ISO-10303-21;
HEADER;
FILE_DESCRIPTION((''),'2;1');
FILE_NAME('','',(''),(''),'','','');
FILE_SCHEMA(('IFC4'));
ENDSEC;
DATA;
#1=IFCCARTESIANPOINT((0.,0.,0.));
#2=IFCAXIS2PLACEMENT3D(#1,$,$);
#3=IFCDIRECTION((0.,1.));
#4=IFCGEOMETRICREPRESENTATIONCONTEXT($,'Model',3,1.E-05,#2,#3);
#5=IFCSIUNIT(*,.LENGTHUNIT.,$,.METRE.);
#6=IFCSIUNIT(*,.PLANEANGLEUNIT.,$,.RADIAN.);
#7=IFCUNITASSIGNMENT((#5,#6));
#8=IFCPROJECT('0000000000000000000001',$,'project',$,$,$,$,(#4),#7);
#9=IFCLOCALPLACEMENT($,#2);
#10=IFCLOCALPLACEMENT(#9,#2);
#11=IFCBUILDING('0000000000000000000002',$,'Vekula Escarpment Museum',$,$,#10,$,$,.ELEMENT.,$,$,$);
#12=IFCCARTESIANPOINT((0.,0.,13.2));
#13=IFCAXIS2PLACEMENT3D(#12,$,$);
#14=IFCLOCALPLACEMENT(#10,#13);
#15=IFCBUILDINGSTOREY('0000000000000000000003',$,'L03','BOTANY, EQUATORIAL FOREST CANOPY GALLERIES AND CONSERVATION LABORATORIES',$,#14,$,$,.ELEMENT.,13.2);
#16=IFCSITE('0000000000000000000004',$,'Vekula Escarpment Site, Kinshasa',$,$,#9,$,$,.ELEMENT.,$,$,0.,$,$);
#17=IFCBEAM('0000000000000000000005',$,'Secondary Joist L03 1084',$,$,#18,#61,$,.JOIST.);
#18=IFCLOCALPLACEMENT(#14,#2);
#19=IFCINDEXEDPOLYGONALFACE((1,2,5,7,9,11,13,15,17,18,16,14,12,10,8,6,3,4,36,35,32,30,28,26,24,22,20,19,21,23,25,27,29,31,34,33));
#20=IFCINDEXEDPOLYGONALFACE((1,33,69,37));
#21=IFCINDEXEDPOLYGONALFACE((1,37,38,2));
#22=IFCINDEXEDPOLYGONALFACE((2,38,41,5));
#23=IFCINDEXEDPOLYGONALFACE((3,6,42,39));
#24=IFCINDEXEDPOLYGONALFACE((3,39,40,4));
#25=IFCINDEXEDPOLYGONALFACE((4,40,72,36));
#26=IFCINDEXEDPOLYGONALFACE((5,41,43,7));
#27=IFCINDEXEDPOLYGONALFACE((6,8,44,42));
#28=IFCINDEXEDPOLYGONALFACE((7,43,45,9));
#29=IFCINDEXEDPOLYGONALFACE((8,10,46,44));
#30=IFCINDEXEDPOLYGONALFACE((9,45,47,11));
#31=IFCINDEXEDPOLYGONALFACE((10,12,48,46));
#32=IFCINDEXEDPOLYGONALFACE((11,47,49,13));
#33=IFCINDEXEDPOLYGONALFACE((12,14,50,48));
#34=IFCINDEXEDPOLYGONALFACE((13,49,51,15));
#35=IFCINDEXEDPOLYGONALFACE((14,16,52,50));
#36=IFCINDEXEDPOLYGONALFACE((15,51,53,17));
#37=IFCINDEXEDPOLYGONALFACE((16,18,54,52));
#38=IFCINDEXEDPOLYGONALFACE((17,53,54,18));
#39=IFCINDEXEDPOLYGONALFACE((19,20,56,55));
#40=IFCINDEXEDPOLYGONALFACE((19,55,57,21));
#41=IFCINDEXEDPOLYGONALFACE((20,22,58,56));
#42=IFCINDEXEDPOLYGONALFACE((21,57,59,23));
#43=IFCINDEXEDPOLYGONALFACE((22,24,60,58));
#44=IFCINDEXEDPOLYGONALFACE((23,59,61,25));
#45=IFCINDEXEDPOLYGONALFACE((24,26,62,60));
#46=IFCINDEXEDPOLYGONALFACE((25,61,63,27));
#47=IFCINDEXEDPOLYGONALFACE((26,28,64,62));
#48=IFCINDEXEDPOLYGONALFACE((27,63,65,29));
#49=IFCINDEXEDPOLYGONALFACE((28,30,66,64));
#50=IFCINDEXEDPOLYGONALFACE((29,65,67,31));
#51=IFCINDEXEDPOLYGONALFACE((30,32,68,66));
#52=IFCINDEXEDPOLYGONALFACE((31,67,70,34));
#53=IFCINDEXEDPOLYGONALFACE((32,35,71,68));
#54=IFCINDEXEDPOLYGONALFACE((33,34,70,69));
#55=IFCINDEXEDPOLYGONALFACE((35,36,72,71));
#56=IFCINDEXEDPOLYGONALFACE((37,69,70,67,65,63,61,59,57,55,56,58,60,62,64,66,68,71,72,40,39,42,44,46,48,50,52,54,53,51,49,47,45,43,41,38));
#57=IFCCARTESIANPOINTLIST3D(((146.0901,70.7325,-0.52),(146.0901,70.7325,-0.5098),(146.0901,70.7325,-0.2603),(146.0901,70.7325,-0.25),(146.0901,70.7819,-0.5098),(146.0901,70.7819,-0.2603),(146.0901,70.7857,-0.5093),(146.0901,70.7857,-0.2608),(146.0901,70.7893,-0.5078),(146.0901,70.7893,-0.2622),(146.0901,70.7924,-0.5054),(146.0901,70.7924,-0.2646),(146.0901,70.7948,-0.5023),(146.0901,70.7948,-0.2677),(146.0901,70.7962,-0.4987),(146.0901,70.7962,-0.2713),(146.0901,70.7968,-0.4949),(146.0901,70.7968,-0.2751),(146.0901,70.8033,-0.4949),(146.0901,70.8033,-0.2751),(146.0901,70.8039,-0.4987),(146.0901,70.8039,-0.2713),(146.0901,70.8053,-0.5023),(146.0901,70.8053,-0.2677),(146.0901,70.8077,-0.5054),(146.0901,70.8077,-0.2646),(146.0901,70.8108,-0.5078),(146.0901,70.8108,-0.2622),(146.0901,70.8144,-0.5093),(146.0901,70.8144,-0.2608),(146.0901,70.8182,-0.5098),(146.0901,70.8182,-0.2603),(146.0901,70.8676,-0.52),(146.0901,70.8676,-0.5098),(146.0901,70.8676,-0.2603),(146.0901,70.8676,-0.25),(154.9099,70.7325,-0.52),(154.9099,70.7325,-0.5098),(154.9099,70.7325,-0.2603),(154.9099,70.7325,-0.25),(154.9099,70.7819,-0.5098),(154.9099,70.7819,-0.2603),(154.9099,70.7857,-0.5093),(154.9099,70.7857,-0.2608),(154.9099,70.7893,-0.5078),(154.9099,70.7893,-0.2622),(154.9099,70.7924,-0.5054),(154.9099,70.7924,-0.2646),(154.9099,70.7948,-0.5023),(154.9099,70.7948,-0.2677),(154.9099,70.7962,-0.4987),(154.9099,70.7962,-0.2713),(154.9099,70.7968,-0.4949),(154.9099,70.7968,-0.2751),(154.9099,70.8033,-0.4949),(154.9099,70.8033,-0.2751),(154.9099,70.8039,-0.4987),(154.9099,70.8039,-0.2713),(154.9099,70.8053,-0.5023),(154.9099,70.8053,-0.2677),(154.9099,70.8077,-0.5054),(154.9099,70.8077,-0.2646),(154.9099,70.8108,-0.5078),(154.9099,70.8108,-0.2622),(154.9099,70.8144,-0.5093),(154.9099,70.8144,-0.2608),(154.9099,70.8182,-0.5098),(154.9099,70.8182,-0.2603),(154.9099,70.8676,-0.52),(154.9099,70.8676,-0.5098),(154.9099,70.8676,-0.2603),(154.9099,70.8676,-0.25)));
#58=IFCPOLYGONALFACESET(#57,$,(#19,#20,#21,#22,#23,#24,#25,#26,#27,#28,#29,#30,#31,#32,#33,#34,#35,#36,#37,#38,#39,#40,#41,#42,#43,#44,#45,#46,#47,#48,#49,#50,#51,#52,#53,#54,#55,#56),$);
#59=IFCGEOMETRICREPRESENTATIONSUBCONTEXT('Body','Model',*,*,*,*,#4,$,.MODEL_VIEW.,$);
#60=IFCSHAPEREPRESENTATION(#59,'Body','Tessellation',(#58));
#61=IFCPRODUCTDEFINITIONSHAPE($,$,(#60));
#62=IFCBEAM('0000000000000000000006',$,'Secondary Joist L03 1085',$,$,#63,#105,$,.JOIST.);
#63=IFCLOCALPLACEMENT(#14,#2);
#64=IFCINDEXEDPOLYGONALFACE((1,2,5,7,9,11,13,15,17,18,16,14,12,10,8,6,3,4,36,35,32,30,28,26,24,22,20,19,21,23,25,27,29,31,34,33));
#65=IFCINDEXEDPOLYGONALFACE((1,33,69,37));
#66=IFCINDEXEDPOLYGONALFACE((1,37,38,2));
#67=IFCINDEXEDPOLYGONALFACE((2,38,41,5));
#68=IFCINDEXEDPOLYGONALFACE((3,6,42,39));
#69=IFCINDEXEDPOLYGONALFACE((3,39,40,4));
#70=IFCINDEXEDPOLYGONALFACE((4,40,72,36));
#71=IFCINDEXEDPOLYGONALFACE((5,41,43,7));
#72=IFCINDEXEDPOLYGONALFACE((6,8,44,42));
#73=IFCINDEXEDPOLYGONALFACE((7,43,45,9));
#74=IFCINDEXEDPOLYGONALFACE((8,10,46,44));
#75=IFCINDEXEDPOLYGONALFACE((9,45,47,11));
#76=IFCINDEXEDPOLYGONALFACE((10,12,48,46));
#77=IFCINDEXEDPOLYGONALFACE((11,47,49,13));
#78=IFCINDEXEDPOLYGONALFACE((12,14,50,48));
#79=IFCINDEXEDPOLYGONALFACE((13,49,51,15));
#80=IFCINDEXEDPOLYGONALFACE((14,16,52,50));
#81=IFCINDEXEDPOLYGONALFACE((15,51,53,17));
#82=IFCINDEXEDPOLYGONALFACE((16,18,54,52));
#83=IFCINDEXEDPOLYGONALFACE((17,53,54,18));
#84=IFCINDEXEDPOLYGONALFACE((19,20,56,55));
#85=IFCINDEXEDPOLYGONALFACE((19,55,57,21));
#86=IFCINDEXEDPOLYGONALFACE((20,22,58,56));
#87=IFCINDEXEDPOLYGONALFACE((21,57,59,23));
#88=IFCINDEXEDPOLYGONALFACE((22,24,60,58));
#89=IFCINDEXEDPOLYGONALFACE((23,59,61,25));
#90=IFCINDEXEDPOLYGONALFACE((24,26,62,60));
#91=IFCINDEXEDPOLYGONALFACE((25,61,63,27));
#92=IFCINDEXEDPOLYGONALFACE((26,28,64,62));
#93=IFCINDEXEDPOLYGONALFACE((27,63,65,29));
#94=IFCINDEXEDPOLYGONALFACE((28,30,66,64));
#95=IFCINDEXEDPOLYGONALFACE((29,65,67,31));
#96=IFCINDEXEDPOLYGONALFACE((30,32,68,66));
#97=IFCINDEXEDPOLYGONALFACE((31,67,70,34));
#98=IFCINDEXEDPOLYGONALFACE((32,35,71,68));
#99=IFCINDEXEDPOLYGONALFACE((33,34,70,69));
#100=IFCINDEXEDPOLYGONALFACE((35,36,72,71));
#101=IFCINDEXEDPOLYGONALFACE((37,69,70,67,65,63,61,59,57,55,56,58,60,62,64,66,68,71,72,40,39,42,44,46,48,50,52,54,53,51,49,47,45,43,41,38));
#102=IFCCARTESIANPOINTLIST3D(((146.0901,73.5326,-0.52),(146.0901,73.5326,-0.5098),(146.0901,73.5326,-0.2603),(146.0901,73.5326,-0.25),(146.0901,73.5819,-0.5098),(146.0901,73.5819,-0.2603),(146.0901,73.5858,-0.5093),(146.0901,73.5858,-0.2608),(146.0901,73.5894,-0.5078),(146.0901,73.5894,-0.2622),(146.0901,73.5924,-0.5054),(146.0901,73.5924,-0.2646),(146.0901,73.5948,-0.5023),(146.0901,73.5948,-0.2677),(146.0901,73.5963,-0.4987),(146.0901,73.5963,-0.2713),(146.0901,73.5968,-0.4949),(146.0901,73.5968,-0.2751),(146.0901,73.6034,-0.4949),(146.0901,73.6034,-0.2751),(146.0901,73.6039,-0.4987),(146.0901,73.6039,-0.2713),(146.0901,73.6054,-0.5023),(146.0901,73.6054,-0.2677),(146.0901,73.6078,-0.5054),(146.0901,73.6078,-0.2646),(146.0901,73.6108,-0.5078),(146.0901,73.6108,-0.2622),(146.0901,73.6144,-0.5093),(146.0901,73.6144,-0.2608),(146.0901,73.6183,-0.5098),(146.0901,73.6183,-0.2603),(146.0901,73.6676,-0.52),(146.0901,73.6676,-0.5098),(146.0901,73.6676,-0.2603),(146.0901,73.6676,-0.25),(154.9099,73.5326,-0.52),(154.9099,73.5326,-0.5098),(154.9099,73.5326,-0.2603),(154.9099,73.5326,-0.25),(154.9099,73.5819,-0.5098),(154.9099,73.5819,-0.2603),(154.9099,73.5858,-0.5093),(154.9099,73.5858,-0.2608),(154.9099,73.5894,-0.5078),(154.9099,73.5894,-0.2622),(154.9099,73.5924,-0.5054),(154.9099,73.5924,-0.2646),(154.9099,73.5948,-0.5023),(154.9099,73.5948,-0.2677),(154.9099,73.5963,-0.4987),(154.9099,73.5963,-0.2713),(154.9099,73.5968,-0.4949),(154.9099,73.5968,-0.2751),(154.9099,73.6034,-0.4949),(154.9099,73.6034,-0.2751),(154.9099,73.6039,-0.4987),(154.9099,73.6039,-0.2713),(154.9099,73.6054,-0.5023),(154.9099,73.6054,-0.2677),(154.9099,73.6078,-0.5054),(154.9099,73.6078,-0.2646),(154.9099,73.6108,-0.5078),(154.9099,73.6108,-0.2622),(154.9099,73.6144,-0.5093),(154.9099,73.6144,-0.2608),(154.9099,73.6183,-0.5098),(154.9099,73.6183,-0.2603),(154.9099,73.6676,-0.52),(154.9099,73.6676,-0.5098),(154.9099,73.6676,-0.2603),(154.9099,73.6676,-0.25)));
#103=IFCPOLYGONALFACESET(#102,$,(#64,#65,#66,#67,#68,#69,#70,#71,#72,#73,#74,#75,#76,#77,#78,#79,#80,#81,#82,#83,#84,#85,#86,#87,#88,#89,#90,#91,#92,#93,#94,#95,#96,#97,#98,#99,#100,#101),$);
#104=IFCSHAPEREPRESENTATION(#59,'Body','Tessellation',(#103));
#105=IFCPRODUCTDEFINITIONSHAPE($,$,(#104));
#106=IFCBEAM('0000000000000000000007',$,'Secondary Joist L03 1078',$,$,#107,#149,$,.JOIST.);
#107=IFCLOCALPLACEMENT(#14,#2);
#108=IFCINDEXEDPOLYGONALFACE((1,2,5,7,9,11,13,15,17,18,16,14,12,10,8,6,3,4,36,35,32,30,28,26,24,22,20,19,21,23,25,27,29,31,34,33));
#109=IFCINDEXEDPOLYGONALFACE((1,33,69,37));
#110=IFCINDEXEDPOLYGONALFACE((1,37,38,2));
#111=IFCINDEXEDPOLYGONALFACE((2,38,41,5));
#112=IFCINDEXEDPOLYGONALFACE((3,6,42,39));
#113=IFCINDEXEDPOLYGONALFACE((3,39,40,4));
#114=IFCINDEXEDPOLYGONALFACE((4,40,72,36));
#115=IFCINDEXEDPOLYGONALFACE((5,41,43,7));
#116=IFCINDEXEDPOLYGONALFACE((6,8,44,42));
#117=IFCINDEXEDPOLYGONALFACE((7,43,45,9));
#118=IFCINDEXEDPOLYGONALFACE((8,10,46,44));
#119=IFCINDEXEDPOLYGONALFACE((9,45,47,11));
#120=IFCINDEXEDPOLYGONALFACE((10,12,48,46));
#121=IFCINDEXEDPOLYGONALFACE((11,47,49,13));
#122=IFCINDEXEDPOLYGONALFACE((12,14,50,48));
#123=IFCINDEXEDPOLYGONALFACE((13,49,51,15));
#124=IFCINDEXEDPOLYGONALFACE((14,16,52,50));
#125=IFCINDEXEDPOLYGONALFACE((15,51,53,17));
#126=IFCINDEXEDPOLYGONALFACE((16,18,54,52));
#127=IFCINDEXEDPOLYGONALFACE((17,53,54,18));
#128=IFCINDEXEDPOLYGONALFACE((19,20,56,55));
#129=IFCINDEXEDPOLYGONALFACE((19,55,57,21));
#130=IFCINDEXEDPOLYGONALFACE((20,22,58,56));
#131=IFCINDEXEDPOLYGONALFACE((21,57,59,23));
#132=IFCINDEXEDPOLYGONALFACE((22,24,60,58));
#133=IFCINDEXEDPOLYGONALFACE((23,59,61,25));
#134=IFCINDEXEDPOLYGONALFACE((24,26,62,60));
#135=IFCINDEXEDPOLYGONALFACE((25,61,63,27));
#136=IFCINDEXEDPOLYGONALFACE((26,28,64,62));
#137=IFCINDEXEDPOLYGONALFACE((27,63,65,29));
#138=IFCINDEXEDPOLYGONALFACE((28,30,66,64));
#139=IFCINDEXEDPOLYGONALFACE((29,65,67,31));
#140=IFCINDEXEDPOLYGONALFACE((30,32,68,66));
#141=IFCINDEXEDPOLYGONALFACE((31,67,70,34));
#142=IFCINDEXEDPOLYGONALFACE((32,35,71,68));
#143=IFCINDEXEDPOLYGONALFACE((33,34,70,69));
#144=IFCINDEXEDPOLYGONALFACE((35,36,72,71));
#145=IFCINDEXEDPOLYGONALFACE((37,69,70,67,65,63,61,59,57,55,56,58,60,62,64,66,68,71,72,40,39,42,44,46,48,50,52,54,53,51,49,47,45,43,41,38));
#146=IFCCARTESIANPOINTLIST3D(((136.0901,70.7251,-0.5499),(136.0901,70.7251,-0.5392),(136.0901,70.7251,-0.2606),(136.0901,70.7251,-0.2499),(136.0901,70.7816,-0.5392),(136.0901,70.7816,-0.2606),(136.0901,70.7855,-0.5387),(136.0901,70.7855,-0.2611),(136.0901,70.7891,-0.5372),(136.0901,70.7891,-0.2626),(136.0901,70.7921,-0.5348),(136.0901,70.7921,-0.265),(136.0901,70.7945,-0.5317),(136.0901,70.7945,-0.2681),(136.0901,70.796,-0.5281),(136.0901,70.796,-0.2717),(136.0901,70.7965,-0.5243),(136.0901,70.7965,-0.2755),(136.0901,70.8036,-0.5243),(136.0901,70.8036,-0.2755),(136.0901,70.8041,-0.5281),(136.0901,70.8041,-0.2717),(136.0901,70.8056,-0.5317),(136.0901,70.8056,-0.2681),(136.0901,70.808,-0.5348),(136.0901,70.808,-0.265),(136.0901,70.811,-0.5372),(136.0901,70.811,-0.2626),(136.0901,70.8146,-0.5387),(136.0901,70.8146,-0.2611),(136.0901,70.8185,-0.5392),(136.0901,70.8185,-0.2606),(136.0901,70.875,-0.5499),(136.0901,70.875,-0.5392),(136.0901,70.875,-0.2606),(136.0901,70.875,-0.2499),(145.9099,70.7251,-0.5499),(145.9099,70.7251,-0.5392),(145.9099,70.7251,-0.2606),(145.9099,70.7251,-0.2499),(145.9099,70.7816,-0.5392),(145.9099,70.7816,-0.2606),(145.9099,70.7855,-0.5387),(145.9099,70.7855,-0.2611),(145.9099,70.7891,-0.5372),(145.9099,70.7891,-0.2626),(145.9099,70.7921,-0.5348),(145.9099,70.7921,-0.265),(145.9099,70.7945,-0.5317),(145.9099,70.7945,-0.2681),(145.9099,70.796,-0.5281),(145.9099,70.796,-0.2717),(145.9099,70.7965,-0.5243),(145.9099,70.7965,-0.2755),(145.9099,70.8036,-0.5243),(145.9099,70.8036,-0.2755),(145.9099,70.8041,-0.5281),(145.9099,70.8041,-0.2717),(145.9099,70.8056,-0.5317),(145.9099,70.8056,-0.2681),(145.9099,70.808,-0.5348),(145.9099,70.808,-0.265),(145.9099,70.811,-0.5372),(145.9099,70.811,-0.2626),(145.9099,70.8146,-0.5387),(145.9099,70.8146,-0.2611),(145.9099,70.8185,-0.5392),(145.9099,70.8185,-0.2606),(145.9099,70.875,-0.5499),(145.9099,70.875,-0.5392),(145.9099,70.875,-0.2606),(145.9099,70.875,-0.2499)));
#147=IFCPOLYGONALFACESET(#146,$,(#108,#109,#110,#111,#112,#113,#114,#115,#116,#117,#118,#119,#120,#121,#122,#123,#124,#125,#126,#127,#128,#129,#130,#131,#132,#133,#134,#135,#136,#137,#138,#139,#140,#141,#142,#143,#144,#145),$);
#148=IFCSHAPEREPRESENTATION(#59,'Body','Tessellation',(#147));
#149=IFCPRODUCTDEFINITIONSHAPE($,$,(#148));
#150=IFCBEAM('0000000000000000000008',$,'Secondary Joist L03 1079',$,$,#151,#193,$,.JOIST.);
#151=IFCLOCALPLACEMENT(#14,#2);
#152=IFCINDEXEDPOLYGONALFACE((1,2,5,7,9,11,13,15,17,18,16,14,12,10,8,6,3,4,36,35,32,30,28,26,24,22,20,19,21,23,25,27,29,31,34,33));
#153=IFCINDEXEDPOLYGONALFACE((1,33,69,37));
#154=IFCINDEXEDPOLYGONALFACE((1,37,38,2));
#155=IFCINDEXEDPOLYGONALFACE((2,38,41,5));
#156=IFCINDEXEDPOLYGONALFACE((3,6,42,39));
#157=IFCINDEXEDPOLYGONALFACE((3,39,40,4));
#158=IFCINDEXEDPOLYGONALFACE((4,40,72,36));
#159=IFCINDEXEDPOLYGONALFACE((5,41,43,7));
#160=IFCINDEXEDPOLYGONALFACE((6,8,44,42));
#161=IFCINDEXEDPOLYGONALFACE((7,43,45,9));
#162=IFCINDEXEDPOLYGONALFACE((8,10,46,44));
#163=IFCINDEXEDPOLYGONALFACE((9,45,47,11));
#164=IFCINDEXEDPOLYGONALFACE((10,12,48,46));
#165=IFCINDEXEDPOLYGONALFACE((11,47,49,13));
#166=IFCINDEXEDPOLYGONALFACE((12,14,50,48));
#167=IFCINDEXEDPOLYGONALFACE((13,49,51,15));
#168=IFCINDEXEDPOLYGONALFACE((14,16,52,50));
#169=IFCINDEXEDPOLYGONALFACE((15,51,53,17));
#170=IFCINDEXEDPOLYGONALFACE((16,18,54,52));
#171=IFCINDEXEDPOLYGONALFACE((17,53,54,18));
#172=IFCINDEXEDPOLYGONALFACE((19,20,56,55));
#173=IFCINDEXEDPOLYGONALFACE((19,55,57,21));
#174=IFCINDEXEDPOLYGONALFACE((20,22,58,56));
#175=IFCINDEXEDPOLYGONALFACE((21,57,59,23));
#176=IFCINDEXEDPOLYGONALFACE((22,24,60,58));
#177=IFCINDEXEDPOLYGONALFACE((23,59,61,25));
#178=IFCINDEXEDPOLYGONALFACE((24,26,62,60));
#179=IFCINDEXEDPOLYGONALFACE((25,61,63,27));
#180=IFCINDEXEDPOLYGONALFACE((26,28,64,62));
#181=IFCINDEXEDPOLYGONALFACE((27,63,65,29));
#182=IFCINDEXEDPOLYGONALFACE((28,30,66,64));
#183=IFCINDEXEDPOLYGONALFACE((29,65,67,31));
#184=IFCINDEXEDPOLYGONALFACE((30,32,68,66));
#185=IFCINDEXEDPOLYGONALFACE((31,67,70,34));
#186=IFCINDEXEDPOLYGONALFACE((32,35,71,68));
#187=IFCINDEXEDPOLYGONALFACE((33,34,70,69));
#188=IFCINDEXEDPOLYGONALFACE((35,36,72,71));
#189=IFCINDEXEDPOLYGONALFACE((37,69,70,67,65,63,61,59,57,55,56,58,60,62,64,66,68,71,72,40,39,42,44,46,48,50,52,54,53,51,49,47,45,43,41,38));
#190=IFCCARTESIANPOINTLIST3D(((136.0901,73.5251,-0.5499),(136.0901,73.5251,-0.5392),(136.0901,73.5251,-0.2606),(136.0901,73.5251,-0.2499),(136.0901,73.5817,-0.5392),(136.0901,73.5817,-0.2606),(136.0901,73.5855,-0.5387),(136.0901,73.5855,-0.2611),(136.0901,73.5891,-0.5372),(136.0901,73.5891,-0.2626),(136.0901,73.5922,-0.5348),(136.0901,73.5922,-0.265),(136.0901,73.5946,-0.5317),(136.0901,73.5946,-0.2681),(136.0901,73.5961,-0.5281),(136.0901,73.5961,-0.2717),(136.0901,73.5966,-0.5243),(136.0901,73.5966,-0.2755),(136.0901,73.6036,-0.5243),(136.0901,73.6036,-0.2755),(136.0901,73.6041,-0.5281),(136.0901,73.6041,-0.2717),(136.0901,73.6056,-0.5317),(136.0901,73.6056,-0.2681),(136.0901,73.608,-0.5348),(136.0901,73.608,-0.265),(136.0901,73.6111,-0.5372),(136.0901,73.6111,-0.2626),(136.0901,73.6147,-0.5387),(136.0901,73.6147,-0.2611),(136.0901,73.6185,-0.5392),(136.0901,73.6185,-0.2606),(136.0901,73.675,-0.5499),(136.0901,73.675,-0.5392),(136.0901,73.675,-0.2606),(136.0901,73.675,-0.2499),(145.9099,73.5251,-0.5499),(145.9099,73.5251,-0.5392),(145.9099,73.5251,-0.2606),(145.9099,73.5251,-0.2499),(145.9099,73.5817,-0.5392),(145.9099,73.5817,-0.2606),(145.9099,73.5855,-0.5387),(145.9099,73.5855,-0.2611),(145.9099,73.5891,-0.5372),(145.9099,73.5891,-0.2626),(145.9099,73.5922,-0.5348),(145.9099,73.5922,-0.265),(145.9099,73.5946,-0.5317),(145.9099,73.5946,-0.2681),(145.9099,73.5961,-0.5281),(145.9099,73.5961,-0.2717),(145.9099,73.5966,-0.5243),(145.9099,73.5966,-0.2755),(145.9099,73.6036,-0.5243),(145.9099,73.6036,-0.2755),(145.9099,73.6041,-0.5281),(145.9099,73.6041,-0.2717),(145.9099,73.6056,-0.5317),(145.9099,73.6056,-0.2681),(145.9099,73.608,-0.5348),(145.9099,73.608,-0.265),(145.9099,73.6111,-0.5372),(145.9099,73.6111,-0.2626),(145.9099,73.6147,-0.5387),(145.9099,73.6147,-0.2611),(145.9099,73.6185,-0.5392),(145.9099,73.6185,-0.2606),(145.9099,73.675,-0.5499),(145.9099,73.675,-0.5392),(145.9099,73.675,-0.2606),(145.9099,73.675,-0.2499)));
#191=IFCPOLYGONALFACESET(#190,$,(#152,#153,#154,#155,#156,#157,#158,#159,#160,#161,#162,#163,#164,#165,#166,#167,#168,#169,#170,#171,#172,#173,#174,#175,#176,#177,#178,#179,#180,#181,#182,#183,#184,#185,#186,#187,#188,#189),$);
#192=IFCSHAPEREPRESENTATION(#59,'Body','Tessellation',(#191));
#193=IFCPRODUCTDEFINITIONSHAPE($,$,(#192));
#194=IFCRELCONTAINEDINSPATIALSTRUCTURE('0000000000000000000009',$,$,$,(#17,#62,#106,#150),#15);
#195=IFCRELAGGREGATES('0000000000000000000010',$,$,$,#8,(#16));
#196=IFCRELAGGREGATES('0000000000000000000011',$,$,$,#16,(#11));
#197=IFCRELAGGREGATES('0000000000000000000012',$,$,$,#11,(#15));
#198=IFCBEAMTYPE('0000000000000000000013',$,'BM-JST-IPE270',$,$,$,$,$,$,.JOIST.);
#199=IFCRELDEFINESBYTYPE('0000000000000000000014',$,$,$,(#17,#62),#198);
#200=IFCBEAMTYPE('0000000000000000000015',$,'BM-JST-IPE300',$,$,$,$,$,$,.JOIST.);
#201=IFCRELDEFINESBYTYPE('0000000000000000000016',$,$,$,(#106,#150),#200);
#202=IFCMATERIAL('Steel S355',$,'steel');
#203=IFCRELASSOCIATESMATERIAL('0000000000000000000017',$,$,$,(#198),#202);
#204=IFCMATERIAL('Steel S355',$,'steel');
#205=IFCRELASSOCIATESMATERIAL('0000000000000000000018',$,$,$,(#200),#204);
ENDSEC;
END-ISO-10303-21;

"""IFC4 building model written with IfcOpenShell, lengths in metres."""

from ifc_helpers import new_model, si_unit, direction, frame, origin, origin_2d, place, context, subcontext, project, spatial, i_section, extrude, material, material_profile, profile_set, type_object, element, save


model = new_model("IFC4")

# Units and contexts
model_context = context("Model", 3, precision=1e-05, world=origin(), true_north=direction((0.0, 1.0)))
body_context = subcontext(model_context, "Body", "Model", "MODEL_VIEW")
ifc_project = project(units=[si_unit("LENGTHUNIT", "METRE"), si_unit("PLANEANGLEUNIT", "RADIAN")], contexts=[model_context])

# Site, building, storey
site_placement = place(None, origin())
site = spatial("IfcSite", under=ifc_project, at=site_placement, Name="Vekula Escarpment Site, Kinshasa", CompositionType="ELEMENT", RefElevation=0.0)
building_placement = place(site_placement, origin())
building = spatial("IfcBuilding", under=site, at=building_placement, Name="Vekula Escarpment Museum", CompositionType="ELEMENT")
storey_placement = place(building_placement, frame((0.0, 0.0, 13.2)))
storey = spatial("IfcBuildingStorey", under=building, at=storey_placement, Name="L03", Description="BOTANY, EQUATORIAL FOREST CANOPY GALLERIES AND CONSERVATION LABORATORIES", CompositionType="ELEMENT", Elevation=13.2)

# Beams
ifc_material_1 = material(Name="Steel S355", Category="steel")
ifc_material_profile_1 = material_profile(ifc_material_1, i_section(OverallWidth=0.135, OverallDepth=0.27, WebThickness=0.0066, FlangeThickness=0.0103, FilletRadius=0.0149, at=origin_2d()), Name="IPE 270")
ifc_profile_set_1 = profile_set([ifc_material_profile_1], Name="Steel S355")
beam_type_1 = type_object("IfcBeamType", Name="BM-JST-IPE270", PredefinedType="JOIST", material=ifc_profile_set_1)
for number, where, z_axis, x_axis, name in (
    (1, (146.0901, 70.8, -0.385), (1.0, 0.0, 0.0), (0.0, 1.0, 0.0), "Secondary Joist L03 1084"),
    (2, (146.0901, 73.6001, -0.385), (1.0, 0.0, 0.0), (0.0, 1.0, 0.0), "Secondary Joist L03 1085"),
):
    element("IfcBeam", number, at=place(storey_placement, frame(where, z_axis=z_axis, x_axis=x_axis)), inside=storey, type_object=beam_type_1, Name=name, PredefinedType="JOIST", context=body_context, shape_type="SweptSolid", body=[
        extrude(i_section(OverallWidth=0.135, OverallDepth=0.27, WebThickness=0.0066, FlangeThickness=0.0103, FilletRadius=0.0149, at=origin_2d()), origin(), (0.0, 0.0, 1.0), 8.8198),
    ])
ifc_material_2 = material(Name="Steel S355", Category="steel")
ifc_material_profile_2 = material_profile(ifc_material_2, i_section(OverallWidth=0.1499, OverallDepth=0.3, WebThickness=0.0071, FlangeThickness=0.0107, FilletRadius=0.0149, at=origin_2d()), Name="IPE 300")
ifc_profile_set_2 = profile_set([ifc_material_profile_2], Name="Steel S355")
beam_type_2 = type_object("IfcBeamType", Name="BM-JST-IPE300", PredefinedType="JOIST", material=ifc_profile_set_2)
for number, where, z_axis, x_axis, name in (
    (3, (136.0901, 70.8, -0.3999), (1.0, 0.0, 0.0), (0.0, 1.0, 0.0), "Secondary Joist L03 1078"),
    (4, (136.0901, 73.6001, -0.3999), (1.0, 0.0, 0.0), (0.0, 1.0, 0.0), "Secondary Joist L03 1079"),
):
    element("IfcBeam", number, at=place(storey_placement, frame(where, z_axis=z_axis, x_axis=x_axis)), inside=storey, type_object=beam_type_2, Name=name, PredefinedType="JOIST", context=body_context, shape_type="SweptSolid", body=[
        extrude(i_section(OverallWidth=0.1499, OverallDepth=0.3, WebThickness=0.0071, FlangeThickness=0.0107, FilletRadius=0.0149, at=origin_2d()), origin(), (0.0, 0.0, 1.0), 9.8198),
    ])

save(model, "model.ifc")
